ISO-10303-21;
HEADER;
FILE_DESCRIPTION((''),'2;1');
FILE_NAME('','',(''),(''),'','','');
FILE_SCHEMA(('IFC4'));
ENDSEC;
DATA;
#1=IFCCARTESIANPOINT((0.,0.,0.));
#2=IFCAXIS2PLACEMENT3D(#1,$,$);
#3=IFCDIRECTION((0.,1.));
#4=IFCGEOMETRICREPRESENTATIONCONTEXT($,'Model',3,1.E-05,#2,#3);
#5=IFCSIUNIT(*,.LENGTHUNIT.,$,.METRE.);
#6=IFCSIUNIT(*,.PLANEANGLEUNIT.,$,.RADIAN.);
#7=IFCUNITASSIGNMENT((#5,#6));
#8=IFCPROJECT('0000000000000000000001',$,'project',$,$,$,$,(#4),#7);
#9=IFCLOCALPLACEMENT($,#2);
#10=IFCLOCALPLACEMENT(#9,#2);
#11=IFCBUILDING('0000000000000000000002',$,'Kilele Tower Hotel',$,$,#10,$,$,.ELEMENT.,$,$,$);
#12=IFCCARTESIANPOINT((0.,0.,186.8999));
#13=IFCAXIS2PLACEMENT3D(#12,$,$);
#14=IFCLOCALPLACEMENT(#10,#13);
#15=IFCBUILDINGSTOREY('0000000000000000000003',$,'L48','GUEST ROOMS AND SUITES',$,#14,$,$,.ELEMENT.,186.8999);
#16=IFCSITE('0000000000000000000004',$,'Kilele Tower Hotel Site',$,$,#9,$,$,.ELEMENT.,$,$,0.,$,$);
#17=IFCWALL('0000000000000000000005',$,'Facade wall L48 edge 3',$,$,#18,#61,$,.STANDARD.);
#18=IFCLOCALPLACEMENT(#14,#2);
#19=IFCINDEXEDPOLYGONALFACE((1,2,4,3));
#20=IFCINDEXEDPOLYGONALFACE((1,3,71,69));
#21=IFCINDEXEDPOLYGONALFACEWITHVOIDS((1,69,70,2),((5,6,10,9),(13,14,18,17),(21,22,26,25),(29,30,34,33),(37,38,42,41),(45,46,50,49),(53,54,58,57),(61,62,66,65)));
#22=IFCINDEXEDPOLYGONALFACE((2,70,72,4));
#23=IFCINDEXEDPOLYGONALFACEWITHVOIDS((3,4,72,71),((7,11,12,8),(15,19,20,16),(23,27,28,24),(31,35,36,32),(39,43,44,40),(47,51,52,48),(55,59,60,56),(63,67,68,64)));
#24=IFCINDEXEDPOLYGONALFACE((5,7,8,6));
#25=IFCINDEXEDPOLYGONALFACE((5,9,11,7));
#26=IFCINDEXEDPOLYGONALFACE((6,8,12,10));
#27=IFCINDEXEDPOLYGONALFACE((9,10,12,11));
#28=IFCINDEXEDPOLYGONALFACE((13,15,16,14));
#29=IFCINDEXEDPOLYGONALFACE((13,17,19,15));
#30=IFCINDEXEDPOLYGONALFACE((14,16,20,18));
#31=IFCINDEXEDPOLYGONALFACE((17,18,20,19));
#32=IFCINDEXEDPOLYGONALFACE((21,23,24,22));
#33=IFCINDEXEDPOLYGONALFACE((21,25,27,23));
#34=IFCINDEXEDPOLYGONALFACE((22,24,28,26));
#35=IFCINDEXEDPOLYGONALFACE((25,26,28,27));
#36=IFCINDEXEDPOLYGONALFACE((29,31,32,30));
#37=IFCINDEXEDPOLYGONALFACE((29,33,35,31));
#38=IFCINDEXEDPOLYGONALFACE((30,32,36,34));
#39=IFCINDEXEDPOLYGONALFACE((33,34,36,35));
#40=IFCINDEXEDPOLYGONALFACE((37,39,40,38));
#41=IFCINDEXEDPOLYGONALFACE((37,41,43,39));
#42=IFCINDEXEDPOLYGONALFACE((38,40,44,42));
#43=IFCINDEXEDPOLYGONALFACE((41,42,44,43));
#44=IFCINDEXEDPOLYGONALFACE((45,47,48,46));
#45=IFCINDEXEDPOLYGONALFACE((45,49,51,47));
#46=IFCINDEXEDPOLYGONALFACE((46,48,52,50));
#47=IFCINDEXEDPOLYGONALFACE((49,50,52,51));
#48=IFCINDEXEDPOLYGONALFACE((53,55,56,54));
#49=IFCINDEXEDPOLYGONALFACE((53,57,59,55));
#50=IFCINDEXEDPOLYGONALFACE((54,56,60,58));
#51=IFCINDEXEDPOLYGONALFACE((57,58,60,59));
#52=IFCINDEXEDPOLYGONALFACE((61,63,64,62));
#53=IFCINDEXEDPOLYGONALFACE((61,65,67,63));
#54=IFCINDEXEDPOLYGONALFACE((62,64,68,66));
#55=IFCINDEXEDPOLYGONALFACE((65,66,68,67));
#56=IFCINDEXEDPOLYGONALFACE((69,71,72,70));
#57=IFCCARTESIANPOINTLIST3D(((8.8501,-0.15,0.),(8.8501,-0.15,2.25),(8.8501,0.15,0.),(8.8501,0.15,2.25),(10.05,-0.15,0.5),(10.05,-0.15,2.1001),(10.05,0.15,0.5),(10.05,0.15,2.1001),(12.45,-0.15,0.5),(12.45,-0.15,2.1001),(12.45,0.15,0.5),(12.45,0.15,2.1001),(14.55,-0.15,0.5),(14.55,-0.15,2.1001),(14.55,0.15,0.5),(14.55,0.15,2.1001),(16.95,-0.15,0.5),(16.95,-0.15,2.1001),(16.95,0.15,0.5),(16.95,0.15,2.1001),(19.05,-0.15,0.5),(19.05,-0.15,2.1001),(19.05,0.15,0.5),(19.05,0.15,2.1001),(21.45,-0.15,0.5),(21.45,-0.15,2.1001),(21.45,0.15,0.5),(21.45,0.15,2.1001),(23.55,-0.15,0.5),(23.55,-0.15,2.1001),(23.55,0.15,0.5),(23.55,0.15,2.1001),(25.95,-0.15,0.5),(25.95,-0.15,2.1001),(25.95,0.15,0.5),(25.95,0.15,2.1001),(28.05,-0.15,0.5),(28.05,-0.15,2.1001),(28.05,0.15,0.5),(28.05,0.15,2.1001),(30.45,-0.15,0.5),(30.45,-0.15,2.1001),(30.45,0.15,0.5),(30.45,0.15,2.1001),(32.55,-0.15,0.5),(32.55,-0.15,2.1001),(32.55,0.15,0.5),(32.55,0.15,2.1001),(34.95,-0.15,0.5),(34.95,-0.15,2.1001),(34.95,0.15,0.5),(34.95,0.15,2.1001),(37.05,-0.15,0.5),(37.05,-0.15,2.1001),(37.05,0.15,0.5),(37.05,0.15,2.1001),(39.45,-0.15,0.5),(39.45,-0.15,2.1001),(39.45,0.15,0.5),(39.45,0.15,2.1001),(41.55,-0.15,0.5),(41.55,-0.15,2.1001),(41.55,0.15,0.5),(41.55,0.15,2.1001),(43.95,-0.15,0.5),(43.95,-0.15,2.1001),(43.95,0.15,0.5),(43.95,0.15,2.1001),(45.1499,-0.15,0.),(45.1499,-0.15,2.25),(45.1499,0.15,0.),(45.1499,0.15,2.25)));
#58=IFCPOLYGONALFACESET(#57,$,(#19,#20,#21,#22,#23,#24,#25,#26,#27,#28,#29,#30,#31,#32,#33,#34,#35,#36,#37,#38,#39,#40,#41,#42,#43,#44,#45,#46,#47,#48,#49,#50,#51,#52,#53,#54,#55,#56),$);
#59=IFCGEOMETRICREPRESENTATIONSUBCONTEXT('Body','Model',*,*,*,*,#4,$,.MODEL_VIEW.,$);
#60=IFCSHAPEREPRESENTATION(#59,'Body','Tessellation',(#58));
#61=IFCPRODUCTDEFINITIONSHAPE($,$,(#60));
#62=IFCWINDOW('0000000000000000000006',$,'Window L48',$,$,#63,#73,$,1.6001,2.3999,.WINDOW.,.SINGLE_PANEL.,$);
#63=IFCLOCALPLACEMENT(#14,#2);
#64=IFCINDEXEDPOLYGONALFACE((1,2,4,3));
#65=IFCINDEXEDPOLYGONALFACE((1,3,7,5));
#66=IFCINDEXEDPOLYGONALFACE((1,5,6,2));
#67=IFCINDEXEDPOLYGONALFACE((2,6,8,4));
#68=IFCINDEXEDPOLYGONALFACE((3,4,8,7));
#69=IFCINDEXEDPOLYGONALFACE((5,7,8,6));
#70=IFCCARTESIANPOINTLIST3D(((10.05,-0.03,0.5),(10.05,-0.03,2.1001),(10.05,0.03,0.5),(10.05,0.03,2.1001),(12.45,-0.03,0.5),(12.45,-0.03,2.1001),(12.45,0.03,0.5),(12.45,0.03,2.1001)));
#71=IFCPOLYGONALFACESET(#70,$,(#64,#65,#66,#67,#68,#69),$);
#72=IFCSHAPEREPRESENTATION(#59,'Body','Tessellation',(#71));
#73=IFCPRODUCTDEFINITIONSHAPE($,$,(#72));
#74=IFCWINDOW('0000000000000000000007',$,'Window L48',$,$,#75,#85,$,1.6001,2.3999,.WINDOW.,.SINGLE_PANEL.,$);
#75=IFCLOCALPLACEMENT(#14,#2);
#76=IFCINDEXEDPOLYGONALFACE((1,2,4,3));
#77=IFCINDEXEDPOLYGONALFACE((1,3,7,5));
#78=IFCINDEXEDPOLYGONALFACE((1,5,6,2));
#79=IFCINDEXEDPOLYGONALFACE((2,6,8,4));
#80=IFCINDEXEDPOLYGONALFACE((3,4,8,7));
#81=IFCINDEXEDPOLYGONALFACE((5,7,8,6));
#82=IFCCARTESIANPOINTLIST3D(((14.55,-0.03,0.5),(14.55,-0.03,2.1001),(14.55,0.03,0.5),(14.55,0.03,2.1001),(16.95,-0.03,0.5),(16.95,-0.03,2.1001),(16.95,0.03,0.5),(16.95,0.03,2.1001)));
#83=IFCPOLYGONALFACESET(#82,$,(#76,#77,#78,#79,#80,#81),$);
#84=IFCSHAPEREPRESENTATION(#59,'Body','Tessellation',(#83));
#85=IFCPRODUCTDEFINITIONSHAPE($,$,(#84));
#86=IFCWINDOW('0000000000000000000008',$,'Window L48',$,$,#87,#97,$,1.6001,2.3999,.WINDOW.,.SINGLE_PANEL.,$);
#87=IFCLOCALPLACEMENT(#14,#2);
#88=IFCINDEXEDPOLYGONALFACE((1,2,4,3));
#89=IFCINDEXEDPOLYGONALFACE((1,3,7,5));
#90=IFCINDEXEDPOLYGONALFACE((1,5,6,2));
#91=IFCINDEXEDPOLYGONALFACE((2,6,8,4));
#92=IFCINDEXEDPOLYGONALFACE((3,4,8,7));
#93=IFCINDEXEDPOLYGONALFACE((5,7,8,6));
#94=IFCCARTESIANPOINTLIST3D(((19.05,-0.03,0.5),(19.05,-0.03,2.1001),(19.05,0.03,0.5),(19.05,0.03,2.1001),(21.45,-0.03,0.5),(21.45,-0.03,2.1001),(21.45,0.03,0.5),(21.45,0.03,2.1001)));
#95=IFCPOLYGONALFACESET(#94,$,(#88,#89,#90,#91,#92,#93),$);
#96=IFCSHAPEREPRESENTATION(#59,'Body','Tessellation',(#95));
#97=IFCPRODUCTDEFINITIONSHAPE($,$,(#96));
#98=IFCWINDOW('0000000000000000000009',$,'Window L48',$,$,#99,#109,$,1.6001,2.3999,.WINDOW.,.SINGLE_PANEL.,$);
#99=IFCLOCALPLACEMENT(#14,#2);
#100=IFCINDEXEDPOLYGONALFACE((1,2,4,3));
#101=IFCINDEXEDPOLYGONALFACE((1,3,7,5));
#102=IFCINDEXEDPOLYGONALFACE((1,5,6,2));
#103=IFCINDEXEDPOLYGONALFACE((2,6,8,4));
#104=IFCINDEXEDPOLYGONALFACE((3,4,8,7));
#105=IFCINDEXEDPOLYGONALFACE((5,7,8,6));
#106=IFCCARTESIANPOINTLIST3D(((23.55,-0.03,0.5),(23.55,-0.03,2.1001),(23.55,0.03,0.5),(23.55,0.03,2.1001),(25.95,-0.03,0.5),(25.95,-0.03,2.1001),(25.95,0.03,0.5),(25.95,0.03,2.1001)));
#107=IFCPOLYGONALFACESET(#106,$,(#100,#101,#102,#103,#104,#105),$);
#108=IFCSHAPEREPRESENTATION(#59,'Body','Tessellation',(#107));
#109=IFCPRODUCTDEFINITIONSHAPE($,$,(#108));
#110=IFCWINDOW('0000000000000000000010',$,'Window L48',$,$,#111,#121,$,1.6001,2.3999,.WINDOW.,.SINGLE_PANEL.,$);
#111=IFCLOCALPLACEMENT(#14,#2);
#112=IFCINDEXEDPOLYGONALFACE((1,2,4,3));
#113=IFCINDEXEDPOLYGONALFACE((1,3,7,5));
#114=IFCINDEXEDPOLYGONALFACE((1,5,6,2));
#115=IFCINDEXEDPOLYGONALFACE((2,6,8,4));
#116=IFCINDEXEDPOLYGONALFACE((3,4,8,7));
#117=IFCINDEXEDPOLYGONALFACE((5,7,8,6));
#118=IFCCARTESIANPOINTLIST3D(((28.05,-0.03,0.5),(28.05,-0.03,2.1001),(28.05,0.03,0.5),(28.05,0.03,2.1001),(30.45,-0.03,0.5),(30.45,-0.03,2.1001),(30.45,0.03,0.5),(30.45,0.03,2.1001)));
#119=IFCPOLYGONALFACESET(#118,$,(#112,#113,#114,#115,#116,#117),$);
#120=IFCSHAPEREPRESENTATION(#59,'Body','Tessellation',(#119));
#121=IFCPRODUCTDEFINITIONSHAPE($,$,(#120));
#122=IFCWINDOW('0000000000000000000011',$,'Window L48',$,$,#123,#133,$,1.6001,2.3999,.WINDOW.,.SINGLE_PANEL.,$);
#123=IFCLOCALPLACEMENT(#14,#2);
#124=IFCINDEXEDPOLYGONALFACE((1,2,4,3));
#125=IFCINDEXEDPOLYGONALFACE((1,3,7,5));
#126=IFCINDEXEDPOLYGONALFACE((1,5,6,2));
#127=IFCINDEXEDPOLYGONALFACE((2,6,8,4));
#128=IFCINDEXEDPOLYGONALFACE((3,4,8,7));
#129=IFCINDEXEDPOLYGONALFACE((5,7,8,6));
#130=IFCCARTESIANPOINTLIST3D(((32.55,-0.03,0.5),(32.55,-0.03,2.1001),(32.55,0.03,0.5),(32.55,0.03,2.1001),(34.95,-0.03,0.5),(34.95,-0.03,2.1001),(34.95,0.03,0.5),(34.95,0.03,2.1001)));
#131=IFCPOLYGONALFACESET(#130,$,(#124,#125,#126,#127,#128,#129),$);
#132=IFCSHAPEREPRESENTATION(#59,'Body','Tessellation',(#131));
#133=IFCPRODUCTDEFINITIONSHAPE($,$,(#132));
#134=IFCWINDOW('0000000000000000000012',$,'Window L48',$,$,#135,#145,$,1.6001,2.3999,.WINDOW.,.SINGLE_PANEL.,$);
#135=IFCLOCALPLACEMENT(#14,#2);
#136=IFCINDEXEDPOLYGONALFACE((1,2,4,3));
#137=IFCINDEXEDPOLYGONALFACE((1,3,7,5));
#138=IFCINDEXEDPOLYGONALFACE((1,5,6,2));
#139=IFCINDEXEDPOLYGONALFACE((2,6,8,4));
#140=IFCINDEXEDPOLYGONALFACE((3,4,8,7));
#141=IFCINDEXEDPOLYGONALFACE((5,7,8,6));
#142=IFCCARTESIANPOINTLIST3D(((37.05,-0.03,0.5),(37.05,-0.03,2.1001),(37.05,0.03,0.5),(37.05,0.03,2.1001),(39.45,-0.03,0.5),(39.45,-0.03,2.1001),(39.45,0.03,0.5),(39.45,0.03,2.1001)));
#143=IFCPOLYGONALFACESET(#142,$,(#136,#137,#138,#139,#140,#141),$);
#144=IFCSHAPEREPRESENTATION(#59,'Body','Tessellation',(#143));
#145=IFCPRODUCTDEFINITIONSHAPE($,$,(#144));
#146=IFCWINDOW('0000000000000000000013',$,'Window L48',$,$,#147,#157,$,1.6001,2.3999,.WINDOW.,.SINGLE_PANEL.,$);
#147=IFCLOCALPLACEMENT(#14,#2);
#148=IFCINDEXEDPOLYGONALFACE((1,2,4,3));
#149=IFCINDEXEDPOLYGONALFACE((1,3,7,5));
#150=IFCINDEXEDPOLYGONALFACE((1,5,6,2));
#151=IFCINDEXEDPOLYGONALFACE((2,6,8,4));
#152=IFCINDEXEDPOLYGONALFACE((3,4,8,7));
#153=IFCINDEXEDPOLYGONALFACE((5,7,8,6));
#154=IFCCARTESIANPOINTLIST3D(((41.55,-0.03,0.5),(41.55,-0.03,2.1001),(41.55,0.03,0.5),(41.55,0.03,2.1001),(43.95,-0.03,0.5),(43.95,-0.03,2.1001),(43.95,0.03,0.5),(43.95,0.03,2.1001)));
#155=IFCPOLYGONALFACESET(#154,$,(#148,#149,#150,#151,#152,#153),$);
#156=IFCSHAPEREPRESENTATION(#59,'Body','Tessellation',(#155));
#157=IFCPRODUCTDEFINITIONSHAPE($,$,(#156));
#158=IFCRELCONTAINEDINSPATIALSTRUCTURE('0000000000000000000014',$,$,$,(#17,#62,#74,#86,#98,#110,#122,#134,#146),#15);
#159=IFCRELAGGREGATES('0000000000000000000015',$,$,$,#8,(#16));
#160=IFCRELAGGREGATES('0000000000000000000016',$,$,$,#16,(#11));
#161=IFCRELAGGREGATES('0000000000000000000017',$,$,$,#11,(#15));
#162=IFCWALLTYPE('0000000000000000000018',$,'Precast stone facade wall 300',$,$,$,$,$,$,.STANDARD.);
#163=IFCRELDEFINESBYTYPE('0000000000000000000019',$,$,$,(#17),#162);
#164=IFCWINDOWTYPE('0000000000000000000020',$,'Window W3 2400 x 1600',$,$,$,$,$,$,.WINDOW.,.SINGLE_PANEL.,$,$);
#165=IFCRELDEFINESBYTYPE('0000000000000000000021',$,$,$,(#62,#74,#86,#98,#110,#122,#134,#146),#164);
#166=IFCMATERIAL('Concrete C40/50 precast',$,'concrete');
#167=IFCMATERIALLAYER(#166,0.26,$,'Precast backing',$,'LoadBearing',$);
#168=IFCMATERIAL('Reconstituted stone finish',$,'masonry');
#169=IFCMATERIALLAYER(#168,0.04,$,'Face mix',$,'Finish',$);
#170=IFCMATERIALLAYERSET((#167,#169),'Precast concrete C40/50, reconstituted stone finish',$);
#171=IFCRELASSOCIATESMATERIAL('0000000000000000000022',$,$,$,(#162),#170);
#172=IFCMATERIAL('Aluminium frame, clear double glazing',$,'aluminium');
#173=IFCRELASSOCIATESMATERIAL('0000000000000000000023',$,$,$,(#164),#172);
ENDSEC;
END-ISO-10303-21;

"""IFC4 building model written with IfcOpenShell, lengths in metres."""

from ifc_helpers import new_model, si_unit, direction, frame, frame_2d, origin, place, context, subcontext, project, spatial, rectangle, extrude, material, layer, layer_set, type_object, element, fill, save


model = new_model("IFC4")

# Units and contexts
model_context = context("Model", 3, precision=1e-05, world=origin(), true_north=direction((0.0, 1.0)))
body_context = subcontext(model_context, "Body", "Model", "MODEL_VIEW")
ifc_project = project(units=[si_unit("LENGTHUNIT", "METRE"), si_unit("PLANEANGLEUNIT", "RADIAN")], contexts=[model_context])

# Site, building, storey
site_placement = place(None, origin())
site = spatial("IfcSite", under=ifc_project, at=site_placement, Name="Kilele Tower Hotel Site", CompositionType="ELEMENT", RefElevation=0.0)
building_placement = place(site_placement, origin())
building = spatial("IfcBuilding", under=site, at=building_placement, Name="Kilele Tower Hotel", CompositionType="ELEMENT")
storey_placement = place(building_placement, frame((0.0, 0.0, 186.8999)))
storey = spatial("IfcBuildingStorey", under=building, at=storey_placement, Name="L48", Description="GUEST ROOMS AND SUITES", CompositionType="ELEMENT", Elevation=186.8999)

# Shared definitions
ifc_material_1 = material(Name="Concrete C40/50 precast", Category="concrete")
ifc_layer_1 = layer(ifc_material_1, 0.26, Name="Precast backing", Category="LoadBearing")
ifc_material_2 = material(Name="Reconstituted stone finish", Category="masonry")
ifc_layer_2 = layer(ifc_material_2, 0.04, Name="Face mix", Category="Finish")
ifc_layer_set_1 = layer_set([ifc_layer_1, ifc_layer_2], Name="Precast concrete C40/50, reconstituted stone finish")
wall_type_1 = type_object("IfcWallType", Name="Precast stone facade wall 300", PredefinedType="STANDARD", material=ifc_layer_set_1)

# Wall, openings, windows
wall_1_placement = place(storey_placement, frame((8.8501, 0.0, 0.0), z_axis=(0.0, 0.0, 1.0), x_axis=(1.0, 0.0, 0.0)))
wall_1 = element("IfcWall", 1, at=wall_1_placement, inside=storey, type_object=wall_type_1, Name="Facade wall L48 edge 3", PredefinedType="STANDARD", context=body_context, shape_type="SweptSolid", body=[
    extrude(rectangle(XDim=36.2998, YDim=0.3, at=frame_2d((18.1499, 0.0))), origin(), (0.0, 0.0, 1.0), 2.25),
])
opening_1_placement = place(wall_1_placement, frame((1.2, 0.0, 0.5)))
opening_1 = element("IfcOpeningElement", 2, at=opening_1_placement, cuts=wall_1, PredefinedType="OPENING", context=body_context, shape_type="SweptSolid", body=[
    extrude(rectangle(XDim=2.3999, YDim=1.6001, at=frame_2d((1.2, 0.8))), frame((0.0, 0.1599, 0.0), z_axis=(0.0, -1.0, 0.0), x_axis=(1.0, 0.0, 0.0)), (0.0, 0.0, 1.0), 0.3201),
])
opening_2_placement = place(wall_1_placement, frame((5.7, 0.0, 0.5)))
opening_2 = element("IfcOpeningElement", 3, at=opening_2_placement, cuts=wall_1, PredefinedType="OPENING", context=body_context, shape_type="SweptSolid", body=[
    extrude(rectangle(XDim=2.3999, YDim=1.6001, at=frame_2d((1.2, 0.8))), frame((0.0, 0.1599, 0.0), z_axis=(0.0, -1.0, 0.0), x_axis=(1.0, 0.0, 0.0)), (0.0, 0.0, 1.0), 0.3201),
])
opening_3_placement = place(wall_1_placement, frame((10.2, 0.0, 0.5)))
opening_3 = element("IfcOpeningElement", 4, at=opening_3_placement, cuts=wall_1, PredefinedType="OPENING", context=body_context, shape_type="SweptSolid", body=[
    extrude(rectangle(XDim=2.3999, YDim=1.6001, at=frame_2d((1.2, 0.8))), frame((0.0, 0.1599, 0.0), z_axis=(0.0, -1.0, 0.0), x_axis=(1.0, 0.0, 0.0)), (0.0, 0.0, 1.0), 0.3201),
])
opening_4_placement = place(wall_1_placement, frame((14.7, 0.0, 0.5)))
opening_4 = element("IfcOpeningElement", 5, at=opening_4_placement, cuts=wall_1, PredefinedType="OPENING", context=body_context, shape_type="SweptSolid", body=[
    extrude(rectangle(XDim=2.3999, YDim=1.6001, at=frame_2d((1.2, 0.8))), frame((0.0, 0.1599, 0.0), z_axis=(0.0, -1.0, 0.0), x_axis=(1.0, 0.0, 0.0)), (0.0, 0.0, 1.0), 0.3201),
])
opening_5_placement = place(wall_1_placement, frame((19.2, 0.0, 0.5)))
opening_5 = element("IfcOpeningElement", 6, at=opening_5_placement, cuts=wall_1, PredefinedType="OPENING", context=body_context, shape_type="SweptSolid", body=[
    extrude(rectangle(XDim=2.3999, YDim=1.6001, at=frame_2d((1.2, 0.8))), frame((0.0, 0.1599, 0.0), z_axis=(0.0, -1.0, 0.0), x_axis=(1.0, 0.0, 0.0)), (0.0, 0.0, 1.0), 0.3201),
])
opening_6_placement = place(wall_1_placement, frame((23.7, 0.0, 0.5)))
opening_6 = element("IfcOpeningElement", 7, at=opening_6_placement, cuts=wall_1, PredefinedType="OPENING", context=body_context, shape_type="SweptSolid", body=[
    extrude(rectangle(XDim=2.3999, YDim=1.6001, at=frame_2d((1.2, 0.8))), frame((0.0, 0.1599, 0.0), z_axis=(0.0, -1.0, 0.0), x_axis=(1.0, 0.0, 0.0)), (0.0, 0.0, 1.0), 0.3201),
])
opening_7_placement = place(wall_1_placement, frame((28.2, 0.0, 0.5)))
opening_7 = element("IfcOpeningElement", 8, at=opening_7_placement, cuts=wall_1, PredefinedType="OPENING", context=body_context, shape_type="SweptSolid", body=[
    extrude(rectangle(XDim=2.3999, YDim=1.6001, at=frame_2d((1.2, 0.8))), frame((0.0, 0.1599, 0.0), z_axis=(0.0, -1.0, 0.0), x_axis=(1.0, 0.0, 0.0)), (0.0, 0.0, 1.0), 0.3201),
])
opening_8_placement = place(wall_1_placement, frame((32.7, 0.0, 0.5)))
opening_8 = element("IfcOpeningElement", 9, at=opening_8_placement, cuts=wall_1, PredefinedType="OPENING", context=body_context, shape_type="SweptSolid", body=[
    extrude(rectangle(XDim=2.3999, YDim=1.6001, at=frame_2d((1.2, 0.8))), frame((0.0, 0.1599, 0.0), z_axis=(0.0, -1.0, 0.0), x_axis=(1.0, 0.0, 0.0)), (0.0, 0.0, 1.0), 0.3201),
])
ifc_material_3 = material(Name="Aluminium frame, clear double glazing", Category="aluminium")
window_type_1 = type_object("IfcWindowType", Name="Window W3 2400 x 1600", PartitioningType="SINGLE_PANEL", PredefinedType="WINDOW", material=ifc_material_3)
window_1_placement = place(opening_1_placement, origin())
window_1 = element("IfcWindow", 10, at=window_1_placement, inside=storey, type_object=window_type_1, Name="Window L48", OverallHeight=1.6001, OverallWidth=2.3999, PartitioningType="SINGLE_PANEL", PredefinedType="WINDOW", context=body_context, shape_type="SweptSolid", body=[
    extrude(rectangle(XDim=2.3999, YDim=1.6001, at=frame_2d((1.2, 0.8))), frame((0.0, 0.03, 0.0), z_axis=(0.0, -1.0, 0.0), x_axis=(1.0, 0.0, 0.0)), (0.0, 0.0, 1.0), 0.0601),
])
fill(opening_1, window_1)
window_2_placement = place(opening_2_placement, origin())
window_2 = element("IfcWindow", 11, at=window_2_placement, inside=storey, type_object=window_type_1, Name="Window L48", OverallHeight=1.6001, OverallWidth=2.3999, PartitioningType="SINGLE_PANEL", PredefinedType="WINDOW", context=body_context, shape_type="SweptSolid", body=[
    extrude(rectangle(XDim=2.3999, YDim=1.6001, at=frame_2d((1.2, 0.8))), frame((0.0, 0.03, 0.0), z_axis=(0.0, -1.0, 0.0), x_axis=(1.0, 0.0, 0.0)), (0.0, 0.0, 1.0), 0.0601),
])
fill(opening_2, window_2)
window_3_placement = place(opening_3_placement, origin())
window_3 = element("IfcWindow", 12, at=window_3_placement, inside=storey, type_object=window_type_1, Name="Window L48", OverallHeight=1.6001, OverallWidth=2.3999, PartitioningType="SINGLE_PANEL", PredefinedType="WINDOW", context=body_context, shape_type="SweptSolid", body=[
    extrude(rectangle(XDim=2.3999, YDim=1.6001, at=frame_2d((1.2, 0.8))), frame((0.0, 0.03, 0.0), z_axis=(0.0, -1.0, 0.0), x_axis=(1.0, 0.0, 0.0)), (0.0, 0.0, 1.0), 0.0601),
])
fill(opening_3, window_3)
window_4_placement = place(opening_4_placement, origin())
window_4 = element("IfcWindow", 13, at=window_4_placement, inside=storey, type_object=window_type_1, Name="Window L48", OverallHeight=1.6001, OverallWidth=2.3999, PartitioningType="SINGLE_PANEL", PredefinedType="WINDOW", context=body_context, shape_type="SweptSolid", body=[
    extrude(rectangle(XDim=2.3999, YDim=1.6001, at=frame_2d((1.2, 0.8))), frame((0.0, 0.03, 0.0), z_axis=(0.0, -1.0, 0.0), x_axis=(1.0, 0.0, 0.0)), (0.0, 0.0, 1.0), 0.0601),
])
fill(opening_4, window_4)
window_5_placement = place(opening_5_placement, origin())
window_5 = element("IfcWindow", 14, at=window_5_placement, inside=storey, type_object=window_type_1, Name="Window L48", OverallHeight=1.6001, OverallWidth=2.3999, PartitioningType="SINGLE_PANEL", PredefinedType="WINDOW", context=body_context, shape_type="SweptSolid", body=[
    extrude(rectangle(XDim=2.3999, YDim=1.6001, at=frame_2d((1.2, 0.8))), frame((0.0, 0.03, 0.0), z_axis=(0.0, -1.0, 0.0), x_axis=(1.0, 0.0, 0.0)), (0.0, 0.0, 1.0), 0.0601),
])
fill(opening_5, window_5)
window_6_placement = place(opening_6_placement, origin())
window_6 = element("IfcWindow", 15, at=window_6_placement, inside=storey, type_object=window_type_1, Name="Window L48", OverallHeight=1.6001, OverallWidth=2.3999, PartitioningType="SINGLE_PANEL", PredefinedType="WINDOW", context=body_context, shape_type="SweptSolid", body=[
    extrude(rectangle(XDim=2.3999, YDim=1.6001, at=frame_2d((1.2, 0.8))), frame((0.0, 0.03, 0.0), z_axis=(0.0, -1.0, 0.0), x_axis=(1.0, 0.0, 0.0)), (0.0, 0.0, 1.0), 0.0601),
])
fill(opening_6, window_6)
window_7_placement = place(opening_7_placement, origin())
window_7 = element("IfcWindow", 16, at=window_7_placement, inside=storey, type_object=window_type_1, Name="Window L48", OverallHeight=1.6001, OverallWidth=2.3999, PartitioningType="SINGLE_PANEL", PredefinedType="WINDOW", context=body_context, shape_type="SweptSolid", body=[
    extrude(rectangle(XDim=2.3999, YDim=1.6001, at=frame_2d((1.2, 0.8))), frame((0.0, 0.03, 0.0), z_axis=(0.0, -1.0, 0.0), x_axis=(1.0, 0.0, 0.0)), (0.0, 0.0, 1.0), 0.0601),
])
fill(opening_7, window_7)
window_8_placement = place(opening_8_placement, origin())
window_8 = element("IfcWindow", 17, at=window_8_placement, inside=storey, type_object=window_type_1, Name="Window L48", OverallHeight=1.6001, OverallWidth=2.3999, PartitioningType="SINGLE_PANEL", PredefinedType="WINDOW", context=body_context, shape_type="SweptSolid", body=[
    extrude(rectangle(XDim=2.3999, YDim=1.6001, at=frame_2d((1.2, 0.8))), frame((0.0, 0.03, 0.0), z_axis=(0.0, -1.0, 0.0), x_axis=(1.0, 0.0, 0.0)), (0.0, 0.0, 1.0), 0.0601),
])
fill(opening_8, window_8)

save(model, "model.ifc")
